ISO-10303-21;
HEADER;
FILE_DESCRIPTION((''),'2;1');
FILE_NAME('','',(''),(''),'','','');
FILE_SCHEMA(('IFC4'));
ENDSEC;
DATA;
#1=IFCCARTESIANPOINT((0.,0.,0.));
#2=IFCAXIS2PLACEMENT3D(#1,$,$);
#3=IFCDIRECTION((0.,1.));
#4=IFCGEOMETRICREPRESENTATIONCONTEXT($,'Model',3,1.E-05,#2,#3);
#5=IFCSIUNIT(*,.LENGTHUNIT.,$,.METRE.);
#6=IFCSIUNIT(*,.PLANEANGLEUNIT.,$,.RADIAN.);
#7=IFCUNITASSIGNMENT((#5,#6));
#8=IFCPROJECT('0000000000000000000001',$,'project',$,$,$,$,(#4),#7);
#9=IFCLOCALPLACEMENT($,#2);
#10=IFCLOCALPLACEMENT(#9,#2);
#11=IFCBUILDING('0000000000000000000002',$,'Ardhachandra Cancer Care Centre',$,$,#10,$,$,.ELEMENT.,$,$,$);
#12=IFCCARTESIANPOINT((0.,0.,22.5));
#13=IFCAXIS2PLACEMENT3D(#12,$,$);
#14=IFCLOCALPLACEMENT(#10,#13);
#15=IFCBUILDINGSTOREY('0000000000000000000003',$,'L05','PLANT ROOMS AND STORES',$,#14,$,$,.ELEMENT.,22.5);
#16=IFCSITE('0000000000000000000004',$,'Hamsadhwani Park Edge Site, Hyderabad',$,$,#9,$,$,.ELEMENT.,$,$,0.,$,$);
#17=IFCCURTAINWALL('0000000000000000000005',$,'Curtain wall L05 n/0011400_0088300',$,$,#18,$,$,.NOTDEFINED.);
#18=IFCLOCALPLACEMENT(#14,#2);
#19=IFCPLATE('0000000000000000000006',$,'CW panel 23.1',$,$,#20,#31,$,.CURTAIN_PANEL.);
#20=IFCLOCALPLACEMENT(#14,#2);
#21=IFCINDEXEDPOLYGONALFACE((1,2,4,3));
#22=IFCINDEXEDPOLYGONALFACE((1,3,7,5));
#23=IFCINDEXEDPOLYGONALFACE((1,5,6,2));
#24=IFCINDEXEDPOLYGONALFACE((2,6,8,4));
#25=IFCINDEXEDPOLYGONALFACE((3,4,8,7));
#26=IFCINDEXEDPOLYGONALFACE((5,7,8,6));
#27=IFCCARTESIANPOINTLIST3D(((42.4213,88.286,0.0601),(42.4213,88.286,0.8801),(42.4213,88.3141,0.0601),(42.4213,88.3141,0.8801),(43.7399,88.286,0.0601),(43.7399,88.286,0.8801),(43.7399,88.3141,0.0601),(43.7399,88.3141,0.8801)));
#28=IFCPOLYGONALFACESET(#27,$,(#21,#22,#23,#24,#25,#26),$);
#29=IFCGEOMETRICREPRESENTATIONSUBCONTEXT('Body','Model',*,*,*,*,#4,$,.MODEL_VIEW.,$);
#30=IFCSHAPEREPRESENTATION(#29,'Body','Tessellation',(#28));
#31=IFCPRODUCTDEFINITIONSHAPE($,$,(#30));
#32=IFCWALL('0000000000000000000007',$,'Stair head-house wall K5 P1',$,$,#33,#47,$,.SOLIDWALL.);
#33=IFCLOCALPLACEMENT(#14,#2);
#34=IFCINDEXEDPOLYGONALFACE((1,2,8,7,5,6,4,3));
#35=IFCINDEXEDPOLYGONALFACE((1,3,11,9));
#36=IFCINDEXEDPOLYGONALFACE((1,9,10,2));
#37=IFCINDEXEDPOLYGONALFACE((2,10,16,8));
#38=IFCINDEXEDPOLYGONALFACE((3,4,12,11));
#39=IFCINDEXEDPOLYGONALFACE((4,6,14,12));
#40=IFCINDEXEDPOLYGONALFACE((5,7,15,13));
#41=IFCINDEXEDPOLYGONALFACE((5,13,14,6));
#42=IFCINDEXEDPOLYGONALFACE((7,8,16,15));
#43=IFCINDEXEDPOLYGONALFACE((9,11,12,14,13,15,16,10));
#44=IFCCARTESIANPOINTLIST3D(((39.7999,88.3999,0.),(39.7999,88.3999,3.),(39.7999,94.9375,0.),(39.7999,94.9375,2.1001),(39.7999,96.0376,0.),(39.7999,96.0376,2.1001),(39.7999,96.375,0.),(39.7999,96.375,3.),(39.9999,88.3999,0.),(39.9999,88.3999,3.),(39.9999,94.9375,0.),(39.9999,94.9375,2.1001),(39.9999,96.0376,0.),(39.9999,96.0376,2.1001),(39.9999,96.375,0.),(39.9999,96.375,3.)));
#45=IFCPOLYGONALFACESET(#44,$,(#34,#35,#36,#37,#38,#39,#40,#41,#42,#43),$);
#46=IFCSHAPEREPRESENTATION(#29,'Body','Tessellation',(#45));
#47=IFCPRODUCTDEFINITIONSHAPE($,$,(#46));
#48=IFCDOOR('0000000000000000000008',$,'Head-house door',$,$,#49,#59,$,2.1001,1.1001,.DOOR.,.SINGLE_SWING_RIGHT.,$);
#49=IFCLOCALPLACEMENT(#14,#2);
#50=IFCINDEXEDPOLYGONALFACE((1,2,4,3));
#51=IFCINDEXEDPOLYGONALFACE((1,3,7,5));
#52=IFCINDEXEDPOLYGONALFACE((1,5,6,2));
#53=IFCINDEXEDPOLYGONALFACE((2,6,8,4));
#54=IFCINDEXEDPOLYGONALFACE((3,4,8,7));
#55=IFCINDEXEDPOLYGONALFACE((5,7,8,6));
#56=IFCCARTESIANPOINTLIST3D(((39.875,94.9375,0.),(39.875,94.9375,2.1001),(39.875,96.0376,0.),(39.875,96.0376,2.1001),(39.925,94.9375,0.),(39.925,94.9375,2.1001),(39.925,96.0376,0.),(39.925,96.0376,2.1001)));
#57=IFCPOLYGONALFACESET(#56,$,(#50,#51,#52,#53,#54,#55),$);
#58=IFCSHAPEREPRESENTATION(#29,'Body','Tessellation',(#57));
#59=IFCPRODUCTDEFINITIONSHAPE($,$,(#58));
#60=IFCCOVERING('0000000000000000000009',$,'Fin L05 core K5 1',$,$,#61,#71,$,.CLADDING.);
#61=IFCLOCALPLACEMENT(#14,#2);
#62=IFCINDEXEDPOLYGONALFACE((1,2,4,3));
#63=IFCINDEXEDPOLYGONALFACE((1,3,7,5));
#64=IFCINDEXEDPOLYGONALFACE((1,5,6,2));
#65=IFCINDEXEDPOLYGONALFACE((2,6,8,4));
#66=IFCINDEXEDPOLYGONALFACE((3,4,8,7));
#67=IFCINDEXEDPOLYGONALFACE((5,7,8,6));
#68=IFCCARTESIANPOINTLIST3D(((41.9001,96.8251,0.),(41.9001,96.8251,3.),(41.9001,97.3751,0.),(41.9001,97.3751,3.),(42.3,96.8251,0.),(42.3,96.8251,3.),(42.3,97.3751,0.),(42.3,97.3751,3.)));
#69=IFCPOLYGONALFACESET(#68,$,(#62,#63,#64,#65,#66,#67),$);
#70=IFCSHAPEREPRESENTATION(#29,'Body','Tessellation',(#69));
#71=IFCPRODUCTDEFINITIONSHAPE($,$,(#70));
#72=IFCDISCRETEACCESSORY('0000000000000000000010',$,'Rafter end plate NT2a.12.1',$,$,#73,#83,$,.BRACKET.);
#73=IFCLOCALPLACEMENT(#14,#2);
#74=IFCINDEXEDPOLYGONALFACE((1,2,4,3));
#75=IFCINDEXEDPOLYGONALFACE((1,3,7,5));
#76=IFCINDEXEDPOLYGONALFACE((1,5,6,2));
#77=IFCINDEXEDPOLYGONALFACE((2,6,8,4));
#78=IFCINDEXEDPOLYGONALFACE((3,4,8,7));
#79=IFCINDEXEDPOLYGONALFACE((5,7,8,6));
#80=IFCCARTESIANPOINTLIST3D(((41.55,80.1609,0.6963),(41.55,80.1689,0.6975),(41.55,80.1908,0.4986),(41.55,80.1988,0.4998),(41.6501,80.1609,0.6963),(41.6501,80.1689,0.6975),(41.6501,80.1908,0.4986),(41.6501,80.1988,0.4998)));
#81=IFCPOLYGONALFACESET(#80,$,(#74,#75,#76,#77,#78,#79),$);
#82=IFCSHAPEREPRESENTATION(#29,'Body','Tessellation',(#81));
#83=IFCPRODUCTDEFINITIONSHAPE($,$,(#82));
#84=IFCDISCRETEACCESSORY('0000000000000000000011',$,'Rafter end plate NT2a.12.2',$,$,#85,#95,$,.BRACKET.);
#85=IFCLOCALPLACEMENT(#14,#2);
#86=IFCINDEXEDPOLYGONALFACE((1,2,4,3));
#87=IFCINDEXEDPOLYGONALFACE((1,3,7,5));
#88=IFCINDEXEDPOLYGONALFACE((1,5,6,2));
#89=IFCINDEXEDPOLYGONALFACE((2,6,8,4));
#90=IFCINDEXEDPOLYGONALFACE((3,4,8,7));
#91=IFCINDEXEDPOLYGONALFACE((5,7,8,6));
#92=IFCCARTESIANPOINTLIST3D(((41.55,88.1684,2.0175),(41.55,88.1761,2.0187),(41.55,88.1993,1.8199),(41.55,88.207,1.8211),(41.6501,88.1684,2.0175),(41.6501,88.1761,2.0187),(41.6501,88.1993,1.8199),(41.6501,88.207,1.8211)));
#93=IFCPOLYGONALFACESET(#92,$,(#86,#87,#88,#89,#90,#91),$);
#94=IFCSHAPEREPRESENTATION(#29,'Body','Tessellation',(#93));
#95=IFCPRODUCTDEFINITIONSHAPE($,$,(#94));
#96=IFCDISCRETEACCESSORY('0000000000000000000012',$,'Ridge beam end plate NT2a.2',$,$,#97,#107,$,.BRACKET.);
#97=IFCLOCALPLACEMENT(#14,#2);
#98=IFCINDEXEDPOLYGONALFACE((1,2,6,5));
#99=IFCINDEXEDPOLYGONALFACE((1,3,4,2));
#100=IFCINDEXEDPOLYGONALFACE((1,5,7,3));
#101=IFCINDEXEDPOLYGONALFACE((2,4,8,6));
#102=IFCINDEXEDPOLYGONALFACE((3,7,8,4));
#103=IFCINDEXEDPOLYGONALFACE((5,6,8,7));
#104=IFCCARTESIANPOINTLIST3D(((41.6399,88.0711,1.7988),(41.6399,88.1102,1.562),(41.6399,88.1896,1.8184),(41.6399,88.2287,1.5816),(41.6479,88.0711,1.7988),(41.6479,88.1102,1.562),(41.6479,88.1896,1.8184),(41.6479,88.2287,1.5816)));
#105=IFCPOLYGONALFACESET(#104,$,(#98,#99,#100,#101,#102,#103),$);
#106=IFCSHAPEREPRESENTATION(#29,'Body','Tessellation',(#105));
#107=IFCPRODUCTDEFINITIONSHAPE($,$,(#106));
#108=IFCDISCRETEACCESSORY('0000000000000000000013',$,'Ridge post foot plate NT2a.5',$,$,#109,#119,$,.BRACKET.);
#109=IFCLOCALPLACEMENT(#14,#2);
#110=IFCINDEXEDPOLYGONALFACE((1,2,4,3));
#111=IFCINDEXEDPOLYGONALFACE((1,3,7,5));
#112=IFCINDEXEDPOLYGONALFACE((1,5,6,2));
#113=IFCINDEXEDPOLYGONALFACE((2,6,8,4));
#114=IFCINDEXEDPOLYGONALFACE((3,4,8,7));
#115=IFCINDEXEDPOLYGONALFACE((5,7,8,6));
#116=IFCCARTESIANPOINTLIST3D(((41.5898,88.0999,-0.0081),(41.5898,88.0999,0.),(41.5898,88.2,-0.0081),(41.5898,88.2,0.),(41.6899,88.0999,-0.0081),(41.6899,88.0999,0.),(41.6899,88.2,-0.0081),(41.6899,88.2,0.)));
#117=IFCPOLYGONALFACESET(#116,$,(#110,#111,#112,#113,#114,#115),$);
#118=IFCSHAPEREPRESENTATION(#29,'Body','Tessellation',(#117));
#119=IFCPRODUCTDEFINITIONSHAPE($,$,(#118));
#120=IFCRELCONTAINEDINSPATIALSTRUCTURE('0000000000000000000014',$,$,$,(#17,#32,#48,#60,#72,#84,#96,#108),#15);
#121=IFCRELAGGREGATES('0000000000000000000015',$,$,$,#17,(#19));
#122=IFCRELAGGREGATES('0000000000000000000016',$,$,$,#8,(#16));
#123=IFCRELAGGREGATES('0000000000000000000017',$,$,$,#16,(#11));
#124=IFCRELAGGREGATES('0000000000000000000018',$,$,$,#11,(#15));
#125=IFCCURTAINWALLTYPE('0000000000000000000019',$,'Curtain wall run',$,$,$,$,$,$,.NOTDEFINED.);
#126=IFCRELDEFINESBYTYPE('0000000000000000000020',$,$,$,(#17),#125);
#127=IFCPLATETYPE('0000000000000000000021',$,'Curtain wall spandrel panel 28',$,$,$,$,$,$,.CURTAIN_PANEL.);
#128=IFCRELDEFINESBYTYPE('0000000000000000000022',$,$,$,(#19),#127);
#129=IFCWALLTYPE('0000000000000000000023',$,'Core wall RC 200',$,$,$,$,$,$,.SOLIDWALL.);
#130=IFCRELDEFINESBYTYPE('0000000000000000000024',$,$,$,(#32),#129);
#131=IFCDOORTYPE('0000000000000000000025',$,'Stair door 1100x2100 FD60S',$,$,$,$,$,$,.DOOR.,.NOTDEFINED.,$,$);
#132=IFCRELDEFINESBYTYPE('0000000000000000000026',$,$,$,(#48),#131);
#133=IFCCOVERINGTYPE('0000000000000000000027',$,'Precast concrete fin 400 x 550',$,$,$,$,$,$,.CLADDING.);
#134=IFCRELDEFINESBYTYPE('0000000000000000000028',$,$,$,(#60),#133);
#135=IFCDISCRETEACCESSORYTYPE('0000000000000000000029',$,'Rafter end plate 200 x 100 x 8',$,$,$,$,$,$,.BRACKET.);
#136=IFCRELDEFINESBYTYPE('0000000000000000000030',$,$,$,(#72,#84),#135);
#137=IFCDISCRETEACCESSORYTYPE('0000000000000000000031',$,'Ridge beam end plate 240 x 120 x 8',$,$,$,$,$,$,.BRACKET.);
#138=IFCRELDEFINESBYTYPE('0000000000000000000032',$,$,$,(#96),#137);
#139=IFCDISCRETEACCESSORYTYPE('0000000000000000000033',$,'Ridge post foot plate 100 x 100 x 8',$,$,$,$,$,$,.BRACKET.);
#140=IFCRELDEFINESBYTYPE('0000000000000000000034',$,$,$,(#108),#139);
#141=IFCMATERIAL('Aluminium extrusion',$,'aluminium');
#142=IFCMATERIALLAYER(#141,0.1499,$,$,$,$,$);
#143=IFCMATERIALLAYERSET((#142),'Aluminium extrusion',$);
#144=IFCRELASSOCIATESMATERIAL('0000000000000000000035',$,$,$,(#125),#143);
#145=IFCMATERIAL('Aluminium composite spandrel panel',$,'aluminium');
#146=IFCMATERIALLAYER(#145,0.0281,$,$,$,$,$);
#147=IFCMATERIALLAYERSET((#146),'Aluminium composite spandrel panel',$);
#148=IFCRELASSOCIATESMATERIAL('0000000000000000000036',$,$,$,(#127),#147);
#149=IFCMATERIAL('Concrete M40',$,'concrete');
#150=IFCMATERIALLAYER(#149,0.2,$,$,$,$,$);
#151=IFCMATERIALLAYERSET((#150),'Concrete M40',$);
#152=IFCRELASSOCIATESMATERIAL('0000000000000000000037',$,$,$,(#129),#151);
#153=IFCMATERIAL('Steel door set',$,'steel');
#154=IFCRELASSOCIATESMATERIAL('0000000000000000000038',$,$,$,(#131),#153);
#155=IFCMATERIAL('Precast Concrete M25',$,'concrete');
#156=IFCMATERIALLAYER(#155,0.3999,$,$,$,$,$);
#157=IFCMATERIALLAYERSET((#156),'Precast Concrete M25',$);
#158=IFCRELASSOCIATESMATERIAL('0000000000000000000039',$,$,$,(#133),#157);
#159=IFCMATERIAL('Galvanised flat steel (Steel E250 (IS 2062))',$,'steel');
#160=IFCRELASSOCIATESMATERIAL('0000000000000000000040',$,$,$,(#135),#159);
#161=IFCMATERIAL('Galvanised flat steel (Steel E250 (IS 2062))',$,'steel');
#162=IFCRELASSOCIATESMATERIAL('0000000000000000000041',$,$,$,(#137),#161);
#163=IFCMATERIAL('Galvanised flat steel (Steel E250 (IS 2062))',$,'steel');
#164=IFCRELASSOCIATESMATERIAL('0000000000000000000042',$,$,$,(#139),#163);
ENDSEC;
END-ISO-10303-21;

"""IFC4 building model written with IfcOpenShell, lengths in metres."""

from ifc_helpers import new_model, si_unit, direction, frame, frame_2d, origin, origin_2d, place, context, subcontext, project, spatial, rectangle, extrude, material, layer, layer_set, material_profile, profile_set, type_object, element, fill, aggregate, save


model = new_model("IFC4")

# Units and contexts
model_context = context("Model", 3, precision=1e-05, world=origin(), true_north=direction((0.0, 1.0)))
body_context = subcontext(model_context, "Body", "Model", "MODEL_VIEW")
ifc_project = project(units=[si_unit("LENGTHUNIT", "METRE"), si_unit("PLANEANGLEUNIT", "RADIAN")], contexts=[model_context])

# Site, building, storey
site_placement = place(None, origin())
site = spatial("IfcSite", under=ifc_project, at=site_placement, Name="Hamsadhwani Park Edge Site, Hyderabad", CompositionType="ELEMENT", RefElevation=0.0)
building_placement = place(site_placement, origin())
building = spatial("IfcBuilding", under=site, at=building_placement, Name="Ardhachandra Cancer Care Centre", CompositionType="ELEMENT")
storey_placement = place(building_placement, frame((0.0, 0.0, 22.5)))
storey = spatial("IfcBuildingStorey", under=building, at=storey_placement, Name="L05", Description="PLANT ROOMS AND STORES", CompositionType="ELEMENT", Elevation=22.5)

# Curtain wall
ifc_material_1 = material(Name="Aluminium extrusion", Category="aluminium")
ifc_layer_1 = layer(ifc_material_1, 0.1499)
ifc_layer_set_1 = layer_set([ifc_layer_1], Name="Aluminium extrusion")
curtain_wall_type = type_object("IfcCurtainWallType", Name="Curtain wall run", PredefinedType="NOTDEFINED", material=ifc_layer_set_1)
curtain_wall_placement = place(storey_placement, origin())
curtain_wall = element("IfcCurtainWall", 1, at=curtain_wall_placement, inside=storey, type_object=curtain_wall_type, Name="Curtain wall L05 n/0011400_0088300", PredefinedType="NOTDEFINED")

# Plate
ifc_material_2 = material(Name="Aluminium composite spandrel panel", Category="aluminium")
ifc_layer_2 = layer(ifc_material_2, 0.0281)
ifc_layer_set_2 = layer_set([ifc_layer_2], Name="Aluminium composite spandrel panel")
plate_type_1 = type_object("IfcPlateType", Name="Curtain wall spandrel panel 28", PredefinedType="CURTAIN_PANEL", material=ifc_layer_set_2)
plate_1_placement = place(storey_placement, frame((43.0806, 88.3, 0.0601), z_axis=(0.0, 0.0, 1.0), x_axis=(1.0, 0.0, 0.0)))
plate_1 = element("IfcPlate", 2, at=plate_1_placement, type_object=plate_type_1, Name="CW panel 23.1", PredefinedType="CURTAIN_PANEL", context=body_context, shape_type="SweptSolid", body=[
    extrude(rectangle(XDim=1.3186, YDim=0.0281, at=origin_2d()), origin(), (0.0, 0.0, 1.0), 0.8201),
])
aggregate(curtain_wall, [plate_1])

# Wall, opening, door
ifc_material_3 = material(Name="Concrete M40", Category="concrete")
ifc_layer_3 = layer(ifc_material_3, 0.2)
ifc_layer_set_3 = layer_set([ifc_layer_3], Name="Concrete M40")
wall_type = type_object("IfcWallType", Name="Core wall RC 200", PredefinedType="SOLIDWALL", material=ifc_layer_set_3)
wall_placement = place(storey_placement, frame((39.8999, 88.3999, 0.0), z_axis=(0.0, 0.0, 1.0), x_axis=(0.0, 1.0, 0.0)))
wall = element("IfcWall", 3, at=wall_placement, inside=storey, type_object=wall_type, Name="Stair head-house wall K5 P1", PredefinedType="SOLIDWALL", context=body_context, shape_type="SweptSolid", body=[
    extrude(rectangle(XDim=7.9751, YDim=0.2, at=frame_2d((3.9875, 0.0))), origin(), (0.0, 0.0, 1.0), 3.0),
])
opening_placement = place(wall_placement, frame((6.5376, 0.0, 0.0)))
opening = element("IfcOpeningElement", 4, at=opening_placement, cuts=wall, PredefinedType="OPENING", context=body_context, shape_type="SweptSolid", body=[
    extrude(rectangle(XDim=1.1001, YDim=2.1001, at=frame_2d((0.55, 1.05))), frame((0.0, 0.1099, 0.0), z_axis=(0.0, -1.0, 0.0), x_axis=(1.0, 0.0, 0.0)), (0.0, 0.0, 1.0), 0.22),
])
ifc_material_4 = material(Name="Steel door set", Category="steel")
door_type = type_object("IfcDoorType", Name="Stair door 1100x2100 FD60S", OperationType="NOTDEFINED", PredefinedType="DOOR", material=ifc_material_4)
door_placement = place(opening_placement, origin())
door = element("IfcDoor", 5, at=door_placement, inside=storey, type_object=door_type, Name="Head-house door", OperationType="SINGLE_SWING_RIGHT", OverallHeight=2.1001, OverallWidth=1.1001, PredefinedType="DOOR", context=body_context, shape_type="SweptSolid", body=[
    extrude(rectangle(XDim=1.1001, YDim=2.1001, at=frame_2d((0.55, 1.05))), frame((0.0, 0.0249, 0.0), z_axis=(0.0, -1.0, 0.0), x_axis=(1.0, 0.0, 0.0)), (0.0, 0.0, 1.0), 0.05),
])
fill(opening, door)

# Covering
ifc_material_5 = material(Name="Precast Concrete M25", Category="concrete")
ifc_layer_4 = layer(ifc_material_5, 0.3999)
ifc_layer_set_4 = layer_set([ifc_layer_4], Name="Precast Concrete M25")
covering_type = type_object("IfcCoveringType", Name="Precast concrete fin 400 x 550", PredefinedType="CLADDING", material=ifc_layer_set_4)
covering_placement = place(storey_placement, frame((42.1001, 97.1001, 0.0), z_axis=(0.0, 0.0, 1.0), x_axis=(1.0, 0.0, 0.0)))
element("IfcCovering", 6, at=covering_placement, inside=storey, type_object=covering_type, Name="Fin L05 core K5 1", PredefinedType="CLADDING", context=body_context, shape_type="SweptSolid", body=[
    extrude(rectangle(XDim=0.3999, YDim=0.55, at=origin_2d()), origin(), (0.0, 0.0, 1.0), 3.0),
])

# Discrete accessories
ifc_material_6 = material(Name="Galvanised flat steel (Steel E250 (IS 2062))", Category="steel")
ifc_material_profile_1 = material_profile(ifc_material_6, rectangle(XDim=0.1001, YDim=0.2, at=origin_2d()), Name="Rafter end plate 200 x 100 x 8")
ifc_profile_set_1 = profile_set([ifc_material_profile_1], Name="Galvanised flat steel (Steel E250 (IS 2062))")
discrete_accessory_type_1 = type_object("IfcDiscreteAccessoryType", Name="Rafter end plate 200 x 100 x 8", PredefinedType="BRACKET", material=ifc_profile_set_1)
discrete_accessory_1_placement = place(storey_placement, frame((41.6001, 80.1838, 0.5986), z_axis=(0.0, -0.988716, -0.149805), x_axis=(1.0, 0.0, 0.0)))
element("IfcDiscreteAccessory", 7, at=discrete_accessory_1_placement, inside=storey, type_object=discrete_accessory_type_1, Name="Rafter end plate NT2a.12.1", PredefinedType="BRACKET", context=body_context, shape_type="SweptSolid", body=[
    extrude(rectangle(XDim=0.1001, YDim=0.2, at=origin_2d()), origin(), (0.0, 0.0, 1.0), 0.0081),
])
discrete_accessory_2_placement = place(storey_placement, frame((41.6001, 88.1838, 1.9187), z_axis=(0.0, 0.988012, 0.154377), x_axis=(-1.0, 0.0, 0.0)))
element("IfcDiscreteAccessory", 8, at=discrete_accessory_2_placement, inside=storey, type_object=discrete_accessory_type_1, Name="Rafter end plate NT2a.12.2", PredefinedType="BRACKET", context=body_context, shape_type="SweptSolid", body=[
    extrude(rectangle(XDim=0.1001, YDim=0.2, at=origin_2d()), origin(), (0.0, 0.0, 1.0), 0.0078),
])
ifc_material_7 = material(Name="Galvanised flat steel (Steel E250 (IS 2062))", Category="steel")
ifc_material_profile_2 = material_profile(ifc_material_7, rectangle(XDim=0.1201, YDim=0.24, at=origin_2d()), Name="Ridge beam end plate 240 x 120 x 8")
ifc_profile_set_2 = profile_set([ifc_material_profile_2], Name="Galvanised flat steel (Steel E250 (IS 2062))")
discrete_accessory_type_2 = type_object("IfcDiscreteAccessoryType", Name="Ridge beam end plate 240 x 120 x 8", PredefinedType="BRACKET", material=ifc_profile_set_2)
discrete_accessory_3_placement = place(storey_placement, frame((41.6399, 88.1499, 1.6902), z_axis=(1.0, 0.0, 0.0), x_axis=(0.0, 0.986659, 0.162799)))
element("IfcDiscreteAccessory", 9, at=discrete_accessory_3_placement, inside=storey, type_object=discrete_accessory_type_2, Name="Ridge beam end plate NT2a.2", PredefinedType="BRACKET", context=body_context, shape_type="SweptSolid", body=[
    extrude(rectangle(XDim=0.1201, YDim=0.24, at=origin_2d()), origin(), (0.0, 0.0, 1.0), 0.0081),
])
ifc_material_8 = material(Name="Galvanised flat steel (Steel E250 (IS 2062))", Category="steel")
ifc_material_profile_3 = material_profile(ifc_material_8, rectangle(XDim=0.1001, YDim=0.1001, at=origin_2d()), Name="Ridge post foot plate 100 x 100 x 8")
ifc_profile_set_3 = profile_set([ifc_material_profile_3], Name="Galvanised flat steel (Steel E250 (IS 2062))")
discrete_accessory_type_3 = type_object("IfcDiscreteAccessoryType", Name="Ridge post foot plate 100 x 100 x 8", PredefinedType="BRACKET", material=ifc_profile_set_3)
discrete_accessory_4_placement = place(storey_placement, frame((41.6399, 88.1499, 0.0), z_axis=(0.0, 0.0, -1.0), x_axis=(1.0, 0.0, 0.0)))
element("IfcDiscreteAccessory", 10, at=discrete_accessory_4_placement, inside=storey, type_object=discrete_accessory_type_3, Name="Ridge post foot plate NT2a.5", PredefinedType="BRACKET", context=body_context, shape_type="SweptSolid", body=[
    extrude(rectangle(XDim=0.1001, YDim=0.1001, at=origin_2d()), origin(), (0.0, 0.0, 1.0), 0.0081),
])

save(model, "model.ifc")
